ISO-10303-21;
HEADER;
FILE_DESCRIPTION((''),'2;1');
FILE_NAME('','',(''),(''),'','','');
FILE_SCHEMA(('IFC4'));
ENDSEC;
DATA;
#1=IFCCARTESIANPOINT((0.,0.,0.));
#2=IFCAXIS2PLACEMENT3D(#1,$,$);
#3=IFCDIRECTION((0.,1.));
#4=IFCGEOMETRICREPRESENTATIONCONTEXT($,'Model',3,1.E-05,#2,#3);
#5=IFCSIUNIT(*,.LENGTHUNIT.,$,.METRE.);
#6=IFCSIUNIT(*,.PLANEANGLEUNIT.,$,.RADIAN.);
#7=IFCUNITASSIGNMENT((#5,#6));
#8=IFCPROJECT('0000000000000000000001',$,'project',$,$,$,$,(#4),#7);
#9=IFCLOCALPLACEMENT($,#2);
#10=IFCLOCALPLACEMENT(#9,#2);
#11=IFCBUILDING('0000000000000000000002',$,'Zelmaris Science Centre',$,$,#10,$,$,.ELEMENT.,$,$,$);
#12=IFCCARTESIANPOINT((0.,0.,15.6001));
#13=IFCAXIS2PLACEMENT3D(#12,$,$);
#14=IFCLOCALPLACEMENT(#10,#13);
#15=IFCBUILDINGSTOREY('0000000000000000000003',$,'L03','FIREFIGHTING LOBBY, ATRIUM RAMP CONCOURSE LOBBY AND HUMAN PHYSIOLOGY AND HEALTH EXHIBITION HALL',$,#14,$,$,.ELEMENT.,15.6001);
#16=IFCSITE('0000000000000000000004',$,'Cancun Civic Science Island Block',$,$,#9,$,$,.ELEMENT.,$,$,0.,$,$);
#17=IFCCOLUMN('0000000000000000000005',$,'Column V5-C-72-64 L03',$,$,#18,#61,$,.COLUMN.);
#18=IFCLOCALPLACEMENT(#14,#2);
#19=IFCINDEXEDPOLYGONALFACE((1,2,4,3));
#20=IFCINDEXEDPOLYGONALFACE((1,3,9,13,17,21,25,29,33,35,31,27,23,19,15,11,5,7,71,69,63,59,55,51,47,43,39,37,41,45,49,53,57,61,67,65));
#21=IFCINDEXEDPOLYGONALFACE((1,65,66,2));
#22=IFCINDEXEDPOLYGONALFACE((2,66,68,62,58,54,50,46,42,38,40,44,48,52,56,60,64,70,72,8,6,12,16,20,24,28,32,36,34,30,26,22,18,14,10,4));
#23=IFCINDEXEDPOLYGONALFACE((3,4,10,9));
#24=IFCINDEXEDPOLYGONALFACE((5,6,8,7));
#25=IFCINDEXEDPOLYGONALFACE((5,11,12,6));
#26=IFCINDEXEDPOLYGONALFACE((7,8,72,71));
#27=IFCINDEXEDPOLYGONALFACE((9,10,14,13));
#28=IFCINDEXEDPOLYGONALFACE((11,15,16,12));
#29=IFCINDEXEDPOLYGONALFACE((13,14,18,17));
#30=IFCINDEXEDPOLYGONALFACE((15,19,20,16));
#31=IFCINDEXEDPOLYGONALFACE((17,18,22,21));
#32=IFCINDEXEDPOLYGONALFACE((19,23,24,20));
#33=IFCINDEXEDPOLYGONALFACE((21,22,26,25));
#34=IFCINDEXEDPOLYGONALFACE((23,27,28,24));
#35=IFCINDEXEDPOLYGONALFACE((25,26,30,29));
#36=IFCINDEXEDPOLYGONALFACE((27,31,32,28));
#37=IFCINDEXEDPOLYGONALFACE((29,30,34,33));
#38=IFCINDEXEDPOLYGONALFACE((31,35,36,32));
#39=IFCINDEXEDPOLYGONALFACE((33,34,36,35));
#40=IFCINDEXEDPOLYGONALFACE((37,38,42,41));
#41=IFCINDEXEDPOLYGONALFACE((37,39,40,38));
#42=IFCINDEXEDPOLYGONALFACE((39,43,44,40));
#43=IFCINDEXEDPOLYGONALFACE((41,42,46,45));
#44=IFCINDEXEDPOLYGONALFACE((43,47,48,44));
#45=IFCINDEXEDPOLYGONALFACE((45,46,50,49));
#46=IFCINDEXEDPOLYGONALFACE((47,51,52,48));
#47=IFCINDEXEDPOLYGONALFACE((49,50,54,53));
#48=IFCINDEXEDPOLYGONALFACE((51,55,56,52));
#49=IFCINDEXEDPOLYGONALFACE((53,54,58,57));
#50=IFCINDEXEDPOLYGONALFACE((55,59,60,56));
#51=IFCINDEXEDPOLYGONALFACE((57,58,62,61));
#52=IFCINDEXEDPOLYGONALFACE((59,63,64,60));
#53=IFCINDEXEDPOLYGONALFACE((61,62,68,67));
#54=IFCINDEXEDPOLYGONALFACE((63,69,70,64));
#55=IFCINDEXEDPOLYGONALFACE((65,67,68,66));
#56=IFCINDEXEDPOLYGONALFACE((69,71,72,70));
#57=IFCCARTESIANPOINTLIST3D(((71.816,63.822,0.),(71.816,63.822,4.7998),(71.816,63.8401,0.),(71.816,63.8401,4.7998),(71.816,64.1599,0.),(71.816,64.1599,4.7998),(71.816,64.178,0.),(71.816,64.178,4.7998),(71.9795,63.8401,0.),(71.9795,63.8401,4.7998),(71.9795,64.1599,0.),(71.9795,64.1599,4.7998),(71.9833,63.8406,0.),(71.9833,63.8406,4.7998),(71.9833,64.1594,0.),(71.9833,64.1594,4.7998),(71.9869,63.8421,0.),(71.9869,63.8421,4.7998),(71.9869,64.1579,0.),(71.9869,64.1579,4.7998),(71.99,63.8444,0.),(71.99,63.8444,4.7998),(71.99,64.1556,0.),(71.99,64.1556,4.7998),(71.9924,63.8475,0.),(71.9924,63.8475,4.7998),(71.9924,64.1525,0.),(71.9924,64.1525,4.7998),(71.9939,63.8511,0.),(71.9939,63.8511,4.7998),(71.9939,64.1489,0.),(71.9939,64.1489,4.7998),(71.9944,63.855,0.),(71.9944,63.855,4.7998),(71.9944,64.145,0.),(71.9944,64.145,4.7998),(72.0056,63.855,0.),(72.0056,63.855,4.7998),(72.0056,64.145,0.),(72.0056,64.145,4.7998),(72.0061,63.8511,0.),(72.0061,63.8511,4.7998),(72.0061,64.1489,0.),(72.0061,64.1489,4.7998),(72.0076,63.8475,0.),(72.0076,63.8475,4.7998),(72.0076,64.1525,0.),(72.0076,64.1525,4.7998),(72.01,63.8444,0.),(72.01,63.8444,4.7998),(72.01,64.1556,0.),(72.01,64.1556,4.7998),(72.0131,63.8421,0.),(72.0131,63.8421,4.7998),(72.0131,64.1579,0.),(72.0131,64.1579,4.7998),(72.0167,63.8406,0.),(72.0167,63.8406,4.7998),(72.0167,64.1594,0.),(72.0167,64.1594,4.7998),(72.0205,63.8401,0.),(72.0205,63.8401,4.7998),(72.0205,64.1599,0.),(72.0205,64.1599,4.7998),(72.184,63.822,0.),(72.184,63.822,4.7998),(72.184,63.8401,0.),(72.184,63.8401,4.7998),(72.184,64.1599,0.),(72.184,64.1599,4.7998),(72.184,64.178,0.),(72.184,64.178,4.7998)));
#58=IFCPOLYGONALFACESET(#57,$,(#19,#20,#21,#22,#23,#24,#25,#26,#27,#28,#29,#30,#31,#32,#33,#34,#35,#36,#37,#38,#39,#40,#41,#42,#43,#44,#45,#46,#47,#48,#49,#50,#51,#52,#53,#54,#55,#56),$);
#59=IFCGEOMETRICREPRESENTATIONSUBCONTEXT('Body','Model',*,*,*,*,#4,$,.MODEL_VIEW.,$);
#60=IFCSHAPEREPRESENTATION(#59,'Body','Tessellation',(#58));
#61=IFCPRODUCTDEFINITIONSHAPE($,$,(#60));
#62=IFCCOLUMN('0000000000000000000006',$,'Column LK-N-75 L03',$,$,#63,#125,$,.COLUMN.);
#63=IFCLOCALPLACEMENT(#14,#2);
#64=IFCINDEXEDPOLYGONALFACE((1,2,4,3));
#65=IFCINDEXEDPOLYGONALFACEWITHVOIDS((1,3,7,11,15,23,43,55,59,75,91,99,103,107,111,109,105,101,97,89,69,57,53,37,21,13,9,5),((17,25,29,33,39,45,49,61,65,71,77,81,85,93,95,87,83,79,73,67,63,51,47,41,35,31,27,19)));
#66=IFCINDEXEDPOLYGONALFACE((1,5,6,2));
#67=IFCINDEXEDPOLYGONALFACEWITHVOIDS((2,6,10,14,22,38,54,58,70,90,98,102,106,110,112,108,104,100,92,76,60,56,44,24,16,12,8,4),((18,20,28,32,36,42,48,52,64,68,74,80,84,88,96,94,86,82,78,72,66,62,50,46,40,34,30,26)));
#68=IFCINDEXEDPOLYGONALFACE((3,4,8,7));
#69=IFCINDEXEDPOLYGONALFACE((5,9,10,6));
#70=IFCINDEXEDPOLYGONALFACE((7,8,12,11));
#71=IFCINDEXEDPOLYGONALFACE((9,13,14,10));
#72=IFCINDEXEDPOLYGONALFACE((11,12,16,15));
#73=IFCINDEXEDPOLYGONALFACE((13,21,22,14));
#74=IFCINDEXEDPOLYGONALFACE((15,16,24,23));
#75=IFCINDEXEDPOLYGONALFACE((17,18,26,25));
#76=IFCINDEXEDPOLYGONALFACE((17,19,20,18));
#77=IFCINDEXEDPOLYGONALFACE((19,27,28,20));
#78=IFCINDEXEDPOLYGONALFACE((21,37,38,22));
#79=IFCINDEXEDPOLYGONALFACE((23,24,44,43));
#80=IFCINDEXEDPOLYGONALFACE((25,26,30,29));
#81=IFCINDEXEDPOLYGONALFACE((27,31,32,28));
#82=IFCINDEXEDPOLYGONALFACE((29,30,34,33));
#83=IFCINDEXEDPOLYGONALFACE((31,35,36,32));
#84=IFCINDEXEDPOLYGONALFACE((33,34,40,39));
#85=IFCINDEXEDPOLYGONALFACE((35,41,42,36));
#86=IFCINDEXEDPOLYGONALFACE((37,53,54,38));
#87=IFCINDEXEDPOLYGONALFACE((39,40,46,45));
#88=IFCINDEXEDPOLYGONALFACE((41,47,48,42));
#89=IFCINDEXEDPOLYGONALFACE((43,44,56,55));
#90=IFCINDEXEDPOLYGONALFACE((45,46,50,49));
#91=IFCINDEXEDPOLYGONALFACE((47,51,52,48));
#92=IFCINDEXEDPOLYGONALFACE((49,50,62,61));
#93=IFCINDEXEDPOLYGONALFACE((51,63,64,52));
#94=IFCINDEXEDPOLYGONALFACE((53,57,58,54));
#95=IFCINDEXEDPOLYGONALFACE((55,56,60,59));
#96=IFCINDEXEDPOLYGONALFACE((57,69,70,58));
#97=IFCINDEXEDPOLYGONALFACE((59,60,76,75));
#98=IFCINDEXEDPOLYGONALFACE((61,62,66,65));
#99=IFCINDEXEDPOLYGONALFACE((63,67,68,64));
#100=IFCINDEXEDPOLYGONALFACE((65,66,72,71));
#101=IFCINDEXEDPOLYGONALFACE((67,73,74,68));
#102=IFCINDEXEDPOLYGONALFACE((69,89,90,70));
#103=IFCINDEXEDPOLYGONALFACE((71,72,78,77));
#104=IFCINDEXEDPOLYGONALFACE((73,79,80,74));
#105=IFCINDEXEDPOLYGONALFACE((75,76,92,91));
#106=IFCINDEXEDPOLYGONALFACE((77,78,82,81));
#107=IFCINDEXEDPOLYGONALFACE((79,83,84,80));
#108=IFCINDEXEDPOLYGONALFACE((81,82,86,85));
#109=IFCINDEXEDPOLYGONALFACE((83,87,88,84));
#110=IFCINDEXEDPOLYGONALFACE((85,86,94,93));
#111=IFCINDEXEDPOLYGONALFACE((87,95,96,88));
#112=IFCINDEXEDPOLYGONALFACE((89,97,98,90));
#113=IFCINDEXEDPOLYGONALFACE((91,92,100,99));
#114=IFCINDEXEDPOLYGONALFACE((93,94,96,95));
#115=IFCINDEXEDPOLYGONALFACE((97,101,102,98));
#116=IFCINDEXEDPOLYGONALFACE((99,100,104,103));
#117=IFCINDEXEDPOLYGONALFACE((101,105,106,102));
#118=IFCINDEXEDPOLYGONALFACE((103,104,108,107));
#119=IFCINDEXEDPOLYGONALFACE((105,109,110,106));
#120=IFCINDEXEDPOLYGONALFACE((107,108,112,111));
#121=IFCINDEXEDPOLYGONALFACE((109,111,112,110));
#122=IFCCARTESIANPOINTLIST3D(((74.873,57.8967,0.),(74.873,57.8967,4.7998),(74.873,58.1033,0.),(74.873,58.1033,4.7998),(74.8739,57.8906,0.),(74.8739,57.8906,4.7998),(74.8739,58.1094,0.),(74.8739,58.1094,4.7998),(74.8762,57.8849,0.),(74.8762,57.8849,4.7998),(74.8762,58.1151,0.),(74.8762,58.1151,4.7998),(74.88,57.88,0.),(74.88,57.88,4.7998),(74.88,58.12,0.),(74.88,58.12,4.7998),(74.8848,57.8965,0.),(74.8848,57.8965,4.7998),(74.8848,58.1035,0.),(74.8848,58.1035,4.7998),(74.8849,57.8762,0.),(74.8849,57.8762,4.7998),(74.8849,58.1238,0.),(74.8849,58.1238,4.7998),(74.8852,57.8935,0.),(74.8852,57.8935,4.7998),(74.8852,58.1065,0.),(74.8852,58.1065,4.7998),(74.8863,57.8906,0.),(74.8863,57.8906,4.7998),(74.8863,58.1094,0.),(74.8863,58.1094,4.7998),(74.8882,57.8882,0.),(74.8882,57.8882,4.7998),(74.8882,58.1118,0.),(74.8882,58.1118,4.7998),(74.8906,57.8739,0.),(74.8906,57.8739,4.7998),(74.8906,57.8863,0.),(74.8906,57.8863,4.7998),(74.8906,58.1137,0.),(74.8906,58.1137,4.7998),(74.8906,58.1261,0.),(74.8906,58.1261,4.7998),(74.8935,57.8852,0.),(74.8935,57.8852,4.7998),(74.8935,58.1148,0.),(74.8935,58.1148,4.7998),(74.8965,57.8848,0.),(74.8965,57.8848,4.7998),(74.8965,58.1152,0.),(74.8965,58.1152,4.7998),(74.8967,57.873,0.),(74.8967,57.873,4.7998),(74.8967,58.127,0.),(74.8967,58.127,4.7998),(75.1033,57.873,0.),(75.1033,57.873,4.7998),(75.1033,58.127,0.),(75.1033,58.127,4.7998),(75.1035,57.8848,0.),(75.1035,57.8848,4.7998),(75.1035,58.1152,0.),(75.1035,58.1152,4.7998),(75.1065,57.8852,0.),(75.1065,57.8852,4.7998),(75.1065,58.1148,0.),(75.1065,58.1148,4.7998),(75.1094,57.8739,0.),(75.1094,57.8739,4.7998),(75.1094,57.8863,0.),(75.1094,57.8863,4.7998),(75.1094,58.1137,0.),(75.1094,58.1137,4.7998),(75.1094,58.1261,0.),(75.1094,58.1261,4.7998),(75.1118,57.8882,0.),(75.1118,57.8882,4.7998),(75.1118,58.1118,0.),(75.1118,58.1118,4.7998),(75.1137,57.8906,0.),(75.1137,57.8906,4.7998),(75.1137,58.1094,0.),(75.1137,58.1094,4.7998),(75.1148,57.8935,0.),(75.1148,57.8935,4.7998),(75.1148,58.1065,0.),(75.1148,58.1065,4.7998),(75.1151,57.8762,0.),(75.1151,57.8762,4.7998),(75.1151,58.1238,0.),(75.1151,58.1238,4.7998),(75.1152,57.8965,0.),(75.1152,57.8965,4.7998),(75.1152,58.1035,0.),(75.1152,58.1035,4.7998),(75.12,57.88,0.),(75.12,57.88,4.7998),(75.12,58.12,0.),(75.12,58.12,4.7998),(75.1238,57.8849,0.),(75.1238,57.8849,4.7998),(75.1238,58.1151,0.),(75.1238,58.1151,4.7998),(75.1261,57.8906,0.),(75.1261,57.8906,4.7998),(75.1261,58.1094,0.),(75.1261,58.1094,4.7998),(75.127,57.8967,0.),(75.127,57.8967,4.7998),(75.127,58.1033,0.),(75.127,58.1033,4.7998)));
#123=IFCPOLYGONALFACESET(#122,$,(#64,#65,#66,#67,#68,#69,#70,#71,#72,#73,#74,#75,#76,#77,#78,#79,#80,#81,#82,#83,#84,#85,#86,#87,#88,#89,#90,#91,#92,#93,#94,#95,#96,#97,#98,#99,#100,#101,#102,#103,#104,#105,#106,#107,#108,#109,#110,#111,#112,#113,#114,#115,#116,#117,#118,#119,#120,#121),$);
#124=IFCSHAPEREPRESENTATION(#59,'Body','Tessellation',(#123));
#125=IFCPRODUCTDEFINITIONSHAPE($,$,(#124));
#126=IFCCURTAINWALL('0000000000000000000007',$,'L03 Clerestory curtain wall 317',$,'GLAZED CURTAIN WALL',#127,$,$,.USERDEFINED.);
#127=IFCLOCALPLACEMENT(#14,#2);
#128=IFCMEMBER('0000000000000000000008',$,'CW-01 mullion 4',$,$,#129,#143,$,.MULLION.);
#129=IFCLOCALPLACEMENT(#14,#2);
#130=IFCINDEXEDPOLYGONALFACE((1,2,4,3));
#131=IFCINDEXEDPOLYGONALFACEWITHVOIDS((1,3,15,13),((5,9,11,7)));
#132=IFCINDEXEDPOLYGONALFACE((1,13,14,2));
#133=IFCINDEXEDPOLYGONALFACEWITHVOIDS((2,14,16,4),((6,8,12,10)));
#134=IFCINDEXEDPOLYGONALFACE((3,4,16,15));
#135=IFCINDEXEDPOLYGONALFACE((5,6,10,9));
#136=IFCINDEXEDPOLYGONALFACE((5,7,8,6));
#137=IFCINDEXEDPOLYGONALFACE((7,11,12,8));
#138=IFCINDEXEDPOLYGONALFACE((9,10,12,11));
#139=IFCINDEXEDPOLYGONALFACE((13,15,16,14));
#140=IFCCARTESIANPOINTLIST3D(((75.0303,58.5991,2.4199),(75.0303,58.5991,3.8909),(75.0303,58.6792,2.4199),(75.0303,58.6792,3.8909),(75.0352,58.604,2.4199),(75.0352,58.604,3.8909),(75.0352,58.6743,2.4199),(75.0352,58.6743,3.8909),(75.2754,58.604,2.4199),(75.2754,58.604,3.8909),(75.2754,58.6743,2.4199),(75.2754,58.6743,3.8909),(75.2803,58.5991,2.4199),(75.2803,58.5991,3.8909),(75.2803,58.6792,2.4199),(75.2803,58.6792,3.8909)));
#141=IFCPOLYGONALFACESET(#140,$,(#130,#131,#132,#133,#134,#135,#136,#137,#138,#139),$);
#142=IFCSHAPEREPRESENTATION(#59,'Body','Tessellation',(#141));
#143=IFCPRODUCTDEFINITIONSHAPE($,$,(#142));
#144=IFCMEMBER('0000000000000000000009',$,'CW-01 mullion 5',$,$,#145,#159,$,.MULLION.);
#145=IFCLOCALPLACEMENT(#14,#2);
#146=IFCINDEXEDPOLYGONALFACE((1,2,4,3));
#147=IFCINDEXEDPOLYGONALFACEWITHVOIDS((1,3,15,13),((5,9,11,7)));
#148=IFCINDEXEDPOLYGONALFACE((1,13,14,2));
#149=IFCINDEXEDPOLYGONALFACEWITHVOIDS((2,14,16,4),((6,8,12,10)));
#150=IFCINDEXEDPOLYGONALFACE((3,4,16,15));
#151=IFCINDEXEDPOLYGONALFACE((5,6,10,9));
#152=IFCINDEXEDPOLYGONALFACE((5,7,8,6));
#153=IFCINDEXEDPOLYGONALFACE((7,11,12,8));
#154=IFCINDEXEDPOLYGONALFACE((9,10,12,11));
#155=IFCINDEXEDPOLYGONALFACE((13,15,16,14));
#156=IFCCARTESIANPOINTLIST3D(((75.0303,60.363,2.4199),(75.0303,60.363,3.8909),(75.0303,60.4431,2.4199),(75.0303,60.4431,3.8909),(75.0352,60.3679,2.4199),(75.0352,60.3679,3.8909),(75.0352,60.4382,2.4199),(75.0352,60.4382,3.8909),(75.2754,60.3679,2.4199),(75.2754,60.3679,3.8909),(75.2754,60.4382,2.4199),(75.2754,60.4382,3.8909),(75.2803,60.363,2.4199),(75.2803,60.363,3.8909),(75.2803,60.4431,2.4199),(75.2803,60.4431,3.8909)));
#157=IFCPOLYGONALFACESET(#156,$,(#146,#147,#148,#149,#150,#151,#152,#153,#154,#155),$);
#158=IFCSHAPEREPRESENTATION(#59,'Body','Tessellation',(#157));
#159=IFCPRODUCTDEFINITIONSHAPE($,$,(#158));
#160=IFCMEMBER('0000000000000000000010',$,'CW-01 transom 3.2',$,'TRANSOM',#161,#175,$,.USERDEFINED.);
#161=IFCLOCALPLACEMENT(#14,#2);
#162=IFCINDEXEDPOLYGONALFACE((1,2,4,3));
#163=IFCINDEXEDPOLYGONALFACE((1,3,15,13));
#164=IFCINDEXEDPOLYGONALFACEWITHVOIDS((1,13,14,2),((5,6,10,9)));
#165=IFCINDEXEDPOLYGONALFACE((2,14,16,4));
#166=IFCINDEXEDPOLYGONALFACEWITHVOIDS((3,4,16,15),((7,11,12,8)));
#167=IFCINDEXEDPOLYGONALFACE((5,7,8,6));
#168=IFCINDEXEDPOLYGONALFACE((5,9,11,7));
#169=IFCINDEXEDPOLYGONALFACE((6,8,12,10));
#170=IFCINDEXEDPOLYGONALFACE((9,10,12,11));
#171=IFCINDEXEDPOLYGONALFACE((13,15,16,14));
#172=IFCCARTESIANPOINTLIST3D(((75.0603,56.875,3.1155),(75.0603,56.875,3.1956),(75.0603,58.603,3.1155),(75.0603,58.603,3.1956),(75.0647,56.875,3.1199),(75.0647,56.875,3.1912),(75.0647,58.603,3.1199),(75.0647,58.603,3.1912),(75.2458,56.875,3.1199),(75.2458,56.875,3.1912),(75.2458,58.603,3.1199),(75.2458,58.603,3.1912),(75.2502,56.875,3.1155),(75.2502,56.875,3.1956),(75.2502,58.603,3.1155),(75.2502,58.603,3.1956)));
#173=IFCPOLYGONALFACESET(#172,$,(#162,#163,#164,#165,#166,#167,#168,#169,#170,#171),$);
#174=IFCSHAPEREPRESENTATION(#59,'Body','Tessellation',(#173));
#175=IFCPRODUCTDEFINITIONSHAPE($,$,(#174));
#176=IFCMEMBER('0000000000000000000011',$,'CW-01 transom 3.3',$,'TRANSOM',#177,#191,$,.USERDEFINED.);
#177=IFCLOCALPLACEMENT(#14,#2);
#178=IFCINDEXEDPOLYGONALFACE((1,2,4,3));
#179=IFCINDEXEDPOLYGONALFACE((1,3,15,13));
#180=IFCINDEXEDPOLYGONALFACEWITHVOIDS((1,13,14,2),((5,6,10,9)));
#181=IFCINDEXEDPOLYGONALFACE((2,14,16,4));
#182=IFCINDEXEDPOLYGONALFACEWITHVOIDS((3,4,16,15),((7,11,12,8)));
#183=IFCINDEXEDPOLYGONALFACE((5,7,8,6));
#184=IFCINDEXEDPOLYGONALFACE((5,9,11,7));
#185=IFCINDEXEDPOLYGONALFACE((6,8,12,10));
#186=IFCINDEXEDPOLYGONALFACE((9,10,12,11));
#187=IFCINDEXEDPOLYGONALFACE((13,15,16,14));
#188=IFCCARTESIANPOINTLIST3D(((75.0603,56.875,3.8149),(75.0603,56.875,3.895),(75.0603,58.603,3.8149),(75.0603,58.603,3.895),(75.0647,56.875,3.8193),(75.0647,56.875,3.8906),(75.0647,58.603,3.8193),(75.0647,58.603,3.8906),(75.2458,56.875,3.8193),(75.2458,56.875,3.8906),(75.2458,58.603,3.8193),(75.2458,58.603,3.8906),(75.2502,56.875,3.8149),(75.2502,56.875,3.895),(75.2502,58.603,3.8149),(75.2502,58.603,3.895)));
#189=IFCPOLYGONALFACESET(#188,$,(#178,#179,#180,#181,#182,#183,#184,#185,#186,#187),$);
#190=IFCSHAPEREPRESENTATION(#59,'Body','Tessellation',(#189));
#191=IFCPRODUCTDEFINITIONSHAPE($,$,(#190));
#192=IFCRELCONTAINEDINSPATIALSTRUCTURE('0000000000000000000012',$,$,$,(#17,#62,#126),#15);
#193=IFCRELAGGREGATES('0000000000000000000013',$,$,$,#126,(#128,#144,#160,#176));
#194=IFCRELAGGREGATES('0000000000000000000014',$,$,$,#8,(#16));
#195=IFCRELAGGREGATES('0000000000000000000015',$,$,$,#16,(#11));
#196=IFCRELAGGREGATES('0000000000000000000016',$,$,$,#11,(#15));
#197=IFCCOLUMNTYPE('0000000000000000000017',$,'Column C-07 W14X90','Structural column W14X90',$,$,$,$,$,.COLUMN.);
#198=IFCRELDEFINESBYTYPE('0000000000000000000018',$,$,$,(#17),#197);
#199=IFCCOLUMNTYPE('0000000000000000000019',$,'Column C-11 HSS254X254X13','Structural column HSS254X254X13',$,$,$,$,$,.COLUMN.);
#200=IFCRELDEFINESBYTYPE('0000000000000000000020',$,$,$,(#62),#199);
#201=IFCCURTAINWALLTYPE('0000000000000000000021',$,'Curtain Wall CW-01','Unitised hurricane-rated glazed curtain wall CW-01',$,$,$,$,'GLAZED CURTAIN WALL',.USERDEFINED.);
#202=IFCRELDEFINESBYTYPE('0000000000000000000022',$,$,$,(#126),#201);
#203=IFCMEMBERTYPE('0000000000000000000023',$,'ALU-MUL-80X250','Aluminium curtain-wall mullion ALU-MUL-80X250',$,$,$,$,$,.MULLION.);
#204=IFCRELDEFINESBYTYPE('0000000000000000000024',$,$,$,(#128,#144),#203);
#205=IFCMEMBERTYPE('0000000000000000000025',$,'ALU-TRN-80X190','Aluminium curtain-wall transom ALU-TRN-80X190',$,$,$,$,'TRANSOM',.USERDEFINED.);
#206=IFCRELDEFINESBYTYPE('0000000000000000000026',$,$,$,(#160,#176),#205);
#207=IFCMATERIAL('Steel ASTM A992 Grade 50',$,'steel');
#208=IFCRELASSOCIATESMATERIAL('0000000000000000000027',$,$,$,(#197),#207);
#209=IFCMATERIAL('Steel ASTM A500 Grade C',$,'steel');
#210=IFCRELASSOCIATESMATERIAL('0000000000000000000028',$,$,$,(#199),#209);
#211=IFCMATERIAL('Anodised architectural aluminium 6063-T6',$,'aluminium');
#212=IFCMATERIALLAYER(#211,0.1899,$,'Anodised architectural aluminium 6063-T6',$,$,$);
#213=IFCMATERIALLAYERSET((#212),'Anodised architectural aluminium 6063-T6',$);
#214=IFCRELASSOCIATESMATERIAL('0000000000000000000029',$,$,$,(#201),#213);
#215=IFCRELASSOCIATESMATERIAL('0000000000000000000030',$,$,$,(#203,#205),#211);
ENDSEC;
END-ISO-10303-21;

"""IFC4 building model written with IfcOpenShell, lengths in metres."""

from ifc_helpers import new_model, si_unit, direction, frame, origin, origin_2d, place, context, subcontext, project, spatial, hollow_rectangle, i_section, extrude, material, layer, layer_set, material_profile, profile_set, type_object, element, aggregate, save


model = new_model("IFC4")

# Units and contexts
model_context = context("Model", 3, precision=1e-05, world=origin(), true_north=direction((0.0, 1.0)))
body_context = subcontext(model_context, "Body", "Model", "MODEL_VIEW")
ifc_project = project(units=[si_unit("LENGTHUNIT", "METRE"), si_unit("PLANEANGLEUNIT", "RADIAN")], contexts=[model_context])

# Site, building, storey
site_placement = place(None, origin())
site = spatial("IfcSite", under=ifc_project, at=site_placement, Name="Cancun Civic Science Island Block", CompositionType="ELEMENT", RefElevation=0.0)
building_placement = place(site_placement, origin())
building = spatial("IfcBuilding", under=site, at=building_placement, Name="Zelmaris Science Centre", CompositionType="ELEMENT")
storey_placement = place(building_placement, frame((0.0, 0.0, 15.6001)))
storey = spatial("IfcBuildingStorey", under=building, at=storey_placement, Name="L03", Description="FIREFIGHTING LOBBY, ATRIUM RAMP CONCOURSE LOBBY AND HUMAN PHYSIOLOGY AND HEALTH EXHIBITION HALL", CompositionType="ELEMENT", Elevation=15.6001)

# Columns
ifc_material_1 = material(Name="Steel ASTM A992 Grade 50", Category="steel")
ifc_material_profile_1 = material_profile(ifc_material_1, i_section(OverallWidth=0.3679, OverallDepth=0.356, WebThickness=0.0112, FlangeThickness=0.0181, FilletRadius=0.0149, at=origin_2d()), Name="W14X90")
ifc_profile_set_1 = profile_set([ifc_material_profile_1], Name="Steel ASTM A992 Grade 50")
column_type_1 = type_object("IfcColumnType", Name="Column C-07 W14X90", Description="Structural column W14X90", PredefinedType="COLUMN", material=ifc_profile_set_1)
column_1_placement = place(storey_placement, frame((72.0, 64.0, 0.0), z_axis=(0.0, 0.0, 1.0), x_axis=(1.0, 0.0, 0.0)))
element("IfcColumn", 1, at=column_1_placement, inside=storey, type_object=column_type_1, Name="Column V5-C-72-64 L03", PredefinedType="COLUMN", context=body_context, shape_type="SweptSolid", body=[
    extrude(i_section(OverallWidth=0.3679, OverallDepth=0.356, WebThickness=0.0112, FlangeThickness=0.0181, FilletRadius=0.0149, at=origin_2d()), origin(), (0.0, 0.0, 1.0), 4.7998),
])
ifc_material_2 = material(Name="Steel ASTM A500 Grade C", Category="steel")
ifc_material_profile_2 = material_profile(ifc_material_2, hollow_rectangle(XDim=0.2539, YDim=0.2539, WallThickness=0.0117, InnerFilletRadius=0.0117, OuterFilletRadius=0.0237, at=origin_2d()), Name="HSS254X254X13")
ifc_profile_set_2 = profile_set([ifc_material_profile_2], Name="Steel ASTM A500 Grade C")
column_type_2 = type_object("IfcColumnType", Name="Column C-11 HSS254X254X13", Description="Structural column HSS254X254X13", PredefinedType="COLUMN", material=ifc_profile_set_2)
column_2_placement = place(storey_placement, frame((75.0, 58.0, 0.0), z_axis=(0.0, 0.0, 1.0), x_axis=(1.0, 0.0, 0.0)))
element("IfcColumn", 2, at=column_2_placement, inside=storey, type_object=column_type_2, Name="Column LK-N-75 L03", PredefinedType="COLUMN", context=body_context, shape_type="SweptSolid", body=[
    extrude(hollow_rectangle(XDim=0.2539, YDim=0.2539, WallThickness=0.0117, InnerFilletRadius=0.0117, OuterFilletRadius=0.0237, at=origin_2d()), origin(), (0.0, 0.0, 1.0), 4.7998),
])

# Curtain wall, members
ifc_material_3 = material(Name="Anodised architectural aluminium 6063-T6", Category="aluminium")
ifc_layer_1 = layer(ifc_material_3, 0.1899, Name="Anodised architectural aluminium 6063-T6")
ifc_layer_set_1 = layer_set([ifc_layer_1], Name="Anodised architectural aluminium 6063-T6")
curtain_wall_type_1 = type_object("IfcCurtainWallType", Name="Curtain Wall CW-01", Description="Unitised hurricane-rated glazed curtain wall CW-01", ElementType="GLAZED CURTAIN WALL", PredefinedType="USERDEFINED", material=ifc_layer_set_1)
curtain_wall_1_placement = place(storey_placement, origin())
curtain_wall_1 = element("IfcCurtainWall", 3, at=curtain_wall_1_placement, inside=storey, type_object=curtain_wall_type_1, Name="L03 Clerestory curtain wall 317", ObjectType="GLAZED CURTAIN WALL", PredefinedType="USERDEFINED")
ifc_material_profile_3 = material_profile(ifc_material_3, hollow_rectangle(XDim=0.0801, YDim=0.25, WallThickness=0.0049, at=origin_2d()), Name="ALU-MUL-80X250")
ifc_profile_set_3 = profile_set([ifc_material_profile_3], Name="Anodised architectural aluminium 6063-T6")
member_type_1 = type_object("IfcMemberType", Name="ALU-MUL-80X250", Description="Aluminium curtain-wall mullion ALU-MUL-80X250", PredefinedType="MULLION", material=ifc_profile_set_3)
member_1_placement = place(storey_placement, frame((75.1553, 58.6392, 2.4199), z_axis=(0.0, 0.0, 1.0), x_axis=(0.000009, 1.0, 0.0)))
member_1 = element("IfcMember", 4, at=member_1_placement, type_object=member_type_1, Name="CW-01 mullion 4", PredefinedType="MULLION", context=body_context, shape_type="SweptSolid", body=[
    extrude(hollow_rectangle(XDim=0.0801, YDim=0.25, WallThickness=0.0049, at=origin_2d()), origin(), (0.0, 0.0, 1.0), 1.4709),
])
member_2_placement = place(storey_placement, frame((75.1553, 60.4031, 2.4199), z_axis=(0.0, 0.0, 1.0), x_axis=(0.000009, 1.0, 0.0)))
member_2 = element("IfcMember", 5, at=member_2_placement, type_object=member_type_1, Name="CW-01 mullion 5", PredefinedType="MULLION", context=body_context, shape_type="SweptSolid", body=[
    extrude(hollow_rectangle(XDim=0.0801, YDim=0.25, WallThickness=0.0049, at=origin_2d()), origin(), (0.0, 0.0, 1.0), 1.4709),
])
ifc_material_profile_4 = material_profile(ifc_material_3, hollow_rectangle(XDim=0.0801, YDim=0.1899, WallThickness=0.0044, at=origin_2d()), Name="ALU-TRN-80X190")
ifc_profile_set_4 = profile_set([ifc_material_profile_4], Name="Anodised architectural aluminium 6063-T6")
member_type_2 = type_object("IfcMemberType", Name="ALU-TRN-80X190", Description="Aluminium curtain-wall transom ALU-TRN-80X190", ElementType="TRANSOM", PredefinedType="USERDEFINED", material=ifc_profile_set_4)
member_3_placement = place(storey_placement, frame((75.1553, 56.875, 3.1555), z_axis=(0.0, 1.0, 0.0), x_axis=(0.0, 0.0, 1.0)))
member_3 = element("IfcMember", 6, at=member_3_placement, type_object=member_type_2, Name="CW-01 transom 3.2", ObjectType="TRANSOM", PredefinedType="USERDEFINED", context=body_context, shape_type="SweptSolid", body=[
    extrude(hollow_rectangle(XDim=0.0801, YDim=0.1899, WallThickness=0.0044, at=origin_2d()), origin(), (0.0, 0.0, 1.0), 1.728),
])
member_4_placement = place(storey_placement, frame((75.1553, 56.875, 3.855), z_axis=(0.0, 1.0, 0.0), x_axis=(0.0, 0.0, 1.0)))
member_4 = element("IfcMember", 7, at=member_4_placement, type_object=member_type_2, Name="CW-01 transom 3.3", ObjectType="TRANSOM", PredefinedType="USERDEFINED", context=body_context, shape_type="SweptSolid", body=[
    extrude(hollow_rectangle(XDim=0.0801, YDim=0.1899, WallThickness=0.0044, at=origin_2d()), origin(), (0.0, 0.0, 1.0), 1.728),
])

aggregate(curtain_wall_1, [member_1, member_2, member_3, member_4])

save(model, "model.ifc")
